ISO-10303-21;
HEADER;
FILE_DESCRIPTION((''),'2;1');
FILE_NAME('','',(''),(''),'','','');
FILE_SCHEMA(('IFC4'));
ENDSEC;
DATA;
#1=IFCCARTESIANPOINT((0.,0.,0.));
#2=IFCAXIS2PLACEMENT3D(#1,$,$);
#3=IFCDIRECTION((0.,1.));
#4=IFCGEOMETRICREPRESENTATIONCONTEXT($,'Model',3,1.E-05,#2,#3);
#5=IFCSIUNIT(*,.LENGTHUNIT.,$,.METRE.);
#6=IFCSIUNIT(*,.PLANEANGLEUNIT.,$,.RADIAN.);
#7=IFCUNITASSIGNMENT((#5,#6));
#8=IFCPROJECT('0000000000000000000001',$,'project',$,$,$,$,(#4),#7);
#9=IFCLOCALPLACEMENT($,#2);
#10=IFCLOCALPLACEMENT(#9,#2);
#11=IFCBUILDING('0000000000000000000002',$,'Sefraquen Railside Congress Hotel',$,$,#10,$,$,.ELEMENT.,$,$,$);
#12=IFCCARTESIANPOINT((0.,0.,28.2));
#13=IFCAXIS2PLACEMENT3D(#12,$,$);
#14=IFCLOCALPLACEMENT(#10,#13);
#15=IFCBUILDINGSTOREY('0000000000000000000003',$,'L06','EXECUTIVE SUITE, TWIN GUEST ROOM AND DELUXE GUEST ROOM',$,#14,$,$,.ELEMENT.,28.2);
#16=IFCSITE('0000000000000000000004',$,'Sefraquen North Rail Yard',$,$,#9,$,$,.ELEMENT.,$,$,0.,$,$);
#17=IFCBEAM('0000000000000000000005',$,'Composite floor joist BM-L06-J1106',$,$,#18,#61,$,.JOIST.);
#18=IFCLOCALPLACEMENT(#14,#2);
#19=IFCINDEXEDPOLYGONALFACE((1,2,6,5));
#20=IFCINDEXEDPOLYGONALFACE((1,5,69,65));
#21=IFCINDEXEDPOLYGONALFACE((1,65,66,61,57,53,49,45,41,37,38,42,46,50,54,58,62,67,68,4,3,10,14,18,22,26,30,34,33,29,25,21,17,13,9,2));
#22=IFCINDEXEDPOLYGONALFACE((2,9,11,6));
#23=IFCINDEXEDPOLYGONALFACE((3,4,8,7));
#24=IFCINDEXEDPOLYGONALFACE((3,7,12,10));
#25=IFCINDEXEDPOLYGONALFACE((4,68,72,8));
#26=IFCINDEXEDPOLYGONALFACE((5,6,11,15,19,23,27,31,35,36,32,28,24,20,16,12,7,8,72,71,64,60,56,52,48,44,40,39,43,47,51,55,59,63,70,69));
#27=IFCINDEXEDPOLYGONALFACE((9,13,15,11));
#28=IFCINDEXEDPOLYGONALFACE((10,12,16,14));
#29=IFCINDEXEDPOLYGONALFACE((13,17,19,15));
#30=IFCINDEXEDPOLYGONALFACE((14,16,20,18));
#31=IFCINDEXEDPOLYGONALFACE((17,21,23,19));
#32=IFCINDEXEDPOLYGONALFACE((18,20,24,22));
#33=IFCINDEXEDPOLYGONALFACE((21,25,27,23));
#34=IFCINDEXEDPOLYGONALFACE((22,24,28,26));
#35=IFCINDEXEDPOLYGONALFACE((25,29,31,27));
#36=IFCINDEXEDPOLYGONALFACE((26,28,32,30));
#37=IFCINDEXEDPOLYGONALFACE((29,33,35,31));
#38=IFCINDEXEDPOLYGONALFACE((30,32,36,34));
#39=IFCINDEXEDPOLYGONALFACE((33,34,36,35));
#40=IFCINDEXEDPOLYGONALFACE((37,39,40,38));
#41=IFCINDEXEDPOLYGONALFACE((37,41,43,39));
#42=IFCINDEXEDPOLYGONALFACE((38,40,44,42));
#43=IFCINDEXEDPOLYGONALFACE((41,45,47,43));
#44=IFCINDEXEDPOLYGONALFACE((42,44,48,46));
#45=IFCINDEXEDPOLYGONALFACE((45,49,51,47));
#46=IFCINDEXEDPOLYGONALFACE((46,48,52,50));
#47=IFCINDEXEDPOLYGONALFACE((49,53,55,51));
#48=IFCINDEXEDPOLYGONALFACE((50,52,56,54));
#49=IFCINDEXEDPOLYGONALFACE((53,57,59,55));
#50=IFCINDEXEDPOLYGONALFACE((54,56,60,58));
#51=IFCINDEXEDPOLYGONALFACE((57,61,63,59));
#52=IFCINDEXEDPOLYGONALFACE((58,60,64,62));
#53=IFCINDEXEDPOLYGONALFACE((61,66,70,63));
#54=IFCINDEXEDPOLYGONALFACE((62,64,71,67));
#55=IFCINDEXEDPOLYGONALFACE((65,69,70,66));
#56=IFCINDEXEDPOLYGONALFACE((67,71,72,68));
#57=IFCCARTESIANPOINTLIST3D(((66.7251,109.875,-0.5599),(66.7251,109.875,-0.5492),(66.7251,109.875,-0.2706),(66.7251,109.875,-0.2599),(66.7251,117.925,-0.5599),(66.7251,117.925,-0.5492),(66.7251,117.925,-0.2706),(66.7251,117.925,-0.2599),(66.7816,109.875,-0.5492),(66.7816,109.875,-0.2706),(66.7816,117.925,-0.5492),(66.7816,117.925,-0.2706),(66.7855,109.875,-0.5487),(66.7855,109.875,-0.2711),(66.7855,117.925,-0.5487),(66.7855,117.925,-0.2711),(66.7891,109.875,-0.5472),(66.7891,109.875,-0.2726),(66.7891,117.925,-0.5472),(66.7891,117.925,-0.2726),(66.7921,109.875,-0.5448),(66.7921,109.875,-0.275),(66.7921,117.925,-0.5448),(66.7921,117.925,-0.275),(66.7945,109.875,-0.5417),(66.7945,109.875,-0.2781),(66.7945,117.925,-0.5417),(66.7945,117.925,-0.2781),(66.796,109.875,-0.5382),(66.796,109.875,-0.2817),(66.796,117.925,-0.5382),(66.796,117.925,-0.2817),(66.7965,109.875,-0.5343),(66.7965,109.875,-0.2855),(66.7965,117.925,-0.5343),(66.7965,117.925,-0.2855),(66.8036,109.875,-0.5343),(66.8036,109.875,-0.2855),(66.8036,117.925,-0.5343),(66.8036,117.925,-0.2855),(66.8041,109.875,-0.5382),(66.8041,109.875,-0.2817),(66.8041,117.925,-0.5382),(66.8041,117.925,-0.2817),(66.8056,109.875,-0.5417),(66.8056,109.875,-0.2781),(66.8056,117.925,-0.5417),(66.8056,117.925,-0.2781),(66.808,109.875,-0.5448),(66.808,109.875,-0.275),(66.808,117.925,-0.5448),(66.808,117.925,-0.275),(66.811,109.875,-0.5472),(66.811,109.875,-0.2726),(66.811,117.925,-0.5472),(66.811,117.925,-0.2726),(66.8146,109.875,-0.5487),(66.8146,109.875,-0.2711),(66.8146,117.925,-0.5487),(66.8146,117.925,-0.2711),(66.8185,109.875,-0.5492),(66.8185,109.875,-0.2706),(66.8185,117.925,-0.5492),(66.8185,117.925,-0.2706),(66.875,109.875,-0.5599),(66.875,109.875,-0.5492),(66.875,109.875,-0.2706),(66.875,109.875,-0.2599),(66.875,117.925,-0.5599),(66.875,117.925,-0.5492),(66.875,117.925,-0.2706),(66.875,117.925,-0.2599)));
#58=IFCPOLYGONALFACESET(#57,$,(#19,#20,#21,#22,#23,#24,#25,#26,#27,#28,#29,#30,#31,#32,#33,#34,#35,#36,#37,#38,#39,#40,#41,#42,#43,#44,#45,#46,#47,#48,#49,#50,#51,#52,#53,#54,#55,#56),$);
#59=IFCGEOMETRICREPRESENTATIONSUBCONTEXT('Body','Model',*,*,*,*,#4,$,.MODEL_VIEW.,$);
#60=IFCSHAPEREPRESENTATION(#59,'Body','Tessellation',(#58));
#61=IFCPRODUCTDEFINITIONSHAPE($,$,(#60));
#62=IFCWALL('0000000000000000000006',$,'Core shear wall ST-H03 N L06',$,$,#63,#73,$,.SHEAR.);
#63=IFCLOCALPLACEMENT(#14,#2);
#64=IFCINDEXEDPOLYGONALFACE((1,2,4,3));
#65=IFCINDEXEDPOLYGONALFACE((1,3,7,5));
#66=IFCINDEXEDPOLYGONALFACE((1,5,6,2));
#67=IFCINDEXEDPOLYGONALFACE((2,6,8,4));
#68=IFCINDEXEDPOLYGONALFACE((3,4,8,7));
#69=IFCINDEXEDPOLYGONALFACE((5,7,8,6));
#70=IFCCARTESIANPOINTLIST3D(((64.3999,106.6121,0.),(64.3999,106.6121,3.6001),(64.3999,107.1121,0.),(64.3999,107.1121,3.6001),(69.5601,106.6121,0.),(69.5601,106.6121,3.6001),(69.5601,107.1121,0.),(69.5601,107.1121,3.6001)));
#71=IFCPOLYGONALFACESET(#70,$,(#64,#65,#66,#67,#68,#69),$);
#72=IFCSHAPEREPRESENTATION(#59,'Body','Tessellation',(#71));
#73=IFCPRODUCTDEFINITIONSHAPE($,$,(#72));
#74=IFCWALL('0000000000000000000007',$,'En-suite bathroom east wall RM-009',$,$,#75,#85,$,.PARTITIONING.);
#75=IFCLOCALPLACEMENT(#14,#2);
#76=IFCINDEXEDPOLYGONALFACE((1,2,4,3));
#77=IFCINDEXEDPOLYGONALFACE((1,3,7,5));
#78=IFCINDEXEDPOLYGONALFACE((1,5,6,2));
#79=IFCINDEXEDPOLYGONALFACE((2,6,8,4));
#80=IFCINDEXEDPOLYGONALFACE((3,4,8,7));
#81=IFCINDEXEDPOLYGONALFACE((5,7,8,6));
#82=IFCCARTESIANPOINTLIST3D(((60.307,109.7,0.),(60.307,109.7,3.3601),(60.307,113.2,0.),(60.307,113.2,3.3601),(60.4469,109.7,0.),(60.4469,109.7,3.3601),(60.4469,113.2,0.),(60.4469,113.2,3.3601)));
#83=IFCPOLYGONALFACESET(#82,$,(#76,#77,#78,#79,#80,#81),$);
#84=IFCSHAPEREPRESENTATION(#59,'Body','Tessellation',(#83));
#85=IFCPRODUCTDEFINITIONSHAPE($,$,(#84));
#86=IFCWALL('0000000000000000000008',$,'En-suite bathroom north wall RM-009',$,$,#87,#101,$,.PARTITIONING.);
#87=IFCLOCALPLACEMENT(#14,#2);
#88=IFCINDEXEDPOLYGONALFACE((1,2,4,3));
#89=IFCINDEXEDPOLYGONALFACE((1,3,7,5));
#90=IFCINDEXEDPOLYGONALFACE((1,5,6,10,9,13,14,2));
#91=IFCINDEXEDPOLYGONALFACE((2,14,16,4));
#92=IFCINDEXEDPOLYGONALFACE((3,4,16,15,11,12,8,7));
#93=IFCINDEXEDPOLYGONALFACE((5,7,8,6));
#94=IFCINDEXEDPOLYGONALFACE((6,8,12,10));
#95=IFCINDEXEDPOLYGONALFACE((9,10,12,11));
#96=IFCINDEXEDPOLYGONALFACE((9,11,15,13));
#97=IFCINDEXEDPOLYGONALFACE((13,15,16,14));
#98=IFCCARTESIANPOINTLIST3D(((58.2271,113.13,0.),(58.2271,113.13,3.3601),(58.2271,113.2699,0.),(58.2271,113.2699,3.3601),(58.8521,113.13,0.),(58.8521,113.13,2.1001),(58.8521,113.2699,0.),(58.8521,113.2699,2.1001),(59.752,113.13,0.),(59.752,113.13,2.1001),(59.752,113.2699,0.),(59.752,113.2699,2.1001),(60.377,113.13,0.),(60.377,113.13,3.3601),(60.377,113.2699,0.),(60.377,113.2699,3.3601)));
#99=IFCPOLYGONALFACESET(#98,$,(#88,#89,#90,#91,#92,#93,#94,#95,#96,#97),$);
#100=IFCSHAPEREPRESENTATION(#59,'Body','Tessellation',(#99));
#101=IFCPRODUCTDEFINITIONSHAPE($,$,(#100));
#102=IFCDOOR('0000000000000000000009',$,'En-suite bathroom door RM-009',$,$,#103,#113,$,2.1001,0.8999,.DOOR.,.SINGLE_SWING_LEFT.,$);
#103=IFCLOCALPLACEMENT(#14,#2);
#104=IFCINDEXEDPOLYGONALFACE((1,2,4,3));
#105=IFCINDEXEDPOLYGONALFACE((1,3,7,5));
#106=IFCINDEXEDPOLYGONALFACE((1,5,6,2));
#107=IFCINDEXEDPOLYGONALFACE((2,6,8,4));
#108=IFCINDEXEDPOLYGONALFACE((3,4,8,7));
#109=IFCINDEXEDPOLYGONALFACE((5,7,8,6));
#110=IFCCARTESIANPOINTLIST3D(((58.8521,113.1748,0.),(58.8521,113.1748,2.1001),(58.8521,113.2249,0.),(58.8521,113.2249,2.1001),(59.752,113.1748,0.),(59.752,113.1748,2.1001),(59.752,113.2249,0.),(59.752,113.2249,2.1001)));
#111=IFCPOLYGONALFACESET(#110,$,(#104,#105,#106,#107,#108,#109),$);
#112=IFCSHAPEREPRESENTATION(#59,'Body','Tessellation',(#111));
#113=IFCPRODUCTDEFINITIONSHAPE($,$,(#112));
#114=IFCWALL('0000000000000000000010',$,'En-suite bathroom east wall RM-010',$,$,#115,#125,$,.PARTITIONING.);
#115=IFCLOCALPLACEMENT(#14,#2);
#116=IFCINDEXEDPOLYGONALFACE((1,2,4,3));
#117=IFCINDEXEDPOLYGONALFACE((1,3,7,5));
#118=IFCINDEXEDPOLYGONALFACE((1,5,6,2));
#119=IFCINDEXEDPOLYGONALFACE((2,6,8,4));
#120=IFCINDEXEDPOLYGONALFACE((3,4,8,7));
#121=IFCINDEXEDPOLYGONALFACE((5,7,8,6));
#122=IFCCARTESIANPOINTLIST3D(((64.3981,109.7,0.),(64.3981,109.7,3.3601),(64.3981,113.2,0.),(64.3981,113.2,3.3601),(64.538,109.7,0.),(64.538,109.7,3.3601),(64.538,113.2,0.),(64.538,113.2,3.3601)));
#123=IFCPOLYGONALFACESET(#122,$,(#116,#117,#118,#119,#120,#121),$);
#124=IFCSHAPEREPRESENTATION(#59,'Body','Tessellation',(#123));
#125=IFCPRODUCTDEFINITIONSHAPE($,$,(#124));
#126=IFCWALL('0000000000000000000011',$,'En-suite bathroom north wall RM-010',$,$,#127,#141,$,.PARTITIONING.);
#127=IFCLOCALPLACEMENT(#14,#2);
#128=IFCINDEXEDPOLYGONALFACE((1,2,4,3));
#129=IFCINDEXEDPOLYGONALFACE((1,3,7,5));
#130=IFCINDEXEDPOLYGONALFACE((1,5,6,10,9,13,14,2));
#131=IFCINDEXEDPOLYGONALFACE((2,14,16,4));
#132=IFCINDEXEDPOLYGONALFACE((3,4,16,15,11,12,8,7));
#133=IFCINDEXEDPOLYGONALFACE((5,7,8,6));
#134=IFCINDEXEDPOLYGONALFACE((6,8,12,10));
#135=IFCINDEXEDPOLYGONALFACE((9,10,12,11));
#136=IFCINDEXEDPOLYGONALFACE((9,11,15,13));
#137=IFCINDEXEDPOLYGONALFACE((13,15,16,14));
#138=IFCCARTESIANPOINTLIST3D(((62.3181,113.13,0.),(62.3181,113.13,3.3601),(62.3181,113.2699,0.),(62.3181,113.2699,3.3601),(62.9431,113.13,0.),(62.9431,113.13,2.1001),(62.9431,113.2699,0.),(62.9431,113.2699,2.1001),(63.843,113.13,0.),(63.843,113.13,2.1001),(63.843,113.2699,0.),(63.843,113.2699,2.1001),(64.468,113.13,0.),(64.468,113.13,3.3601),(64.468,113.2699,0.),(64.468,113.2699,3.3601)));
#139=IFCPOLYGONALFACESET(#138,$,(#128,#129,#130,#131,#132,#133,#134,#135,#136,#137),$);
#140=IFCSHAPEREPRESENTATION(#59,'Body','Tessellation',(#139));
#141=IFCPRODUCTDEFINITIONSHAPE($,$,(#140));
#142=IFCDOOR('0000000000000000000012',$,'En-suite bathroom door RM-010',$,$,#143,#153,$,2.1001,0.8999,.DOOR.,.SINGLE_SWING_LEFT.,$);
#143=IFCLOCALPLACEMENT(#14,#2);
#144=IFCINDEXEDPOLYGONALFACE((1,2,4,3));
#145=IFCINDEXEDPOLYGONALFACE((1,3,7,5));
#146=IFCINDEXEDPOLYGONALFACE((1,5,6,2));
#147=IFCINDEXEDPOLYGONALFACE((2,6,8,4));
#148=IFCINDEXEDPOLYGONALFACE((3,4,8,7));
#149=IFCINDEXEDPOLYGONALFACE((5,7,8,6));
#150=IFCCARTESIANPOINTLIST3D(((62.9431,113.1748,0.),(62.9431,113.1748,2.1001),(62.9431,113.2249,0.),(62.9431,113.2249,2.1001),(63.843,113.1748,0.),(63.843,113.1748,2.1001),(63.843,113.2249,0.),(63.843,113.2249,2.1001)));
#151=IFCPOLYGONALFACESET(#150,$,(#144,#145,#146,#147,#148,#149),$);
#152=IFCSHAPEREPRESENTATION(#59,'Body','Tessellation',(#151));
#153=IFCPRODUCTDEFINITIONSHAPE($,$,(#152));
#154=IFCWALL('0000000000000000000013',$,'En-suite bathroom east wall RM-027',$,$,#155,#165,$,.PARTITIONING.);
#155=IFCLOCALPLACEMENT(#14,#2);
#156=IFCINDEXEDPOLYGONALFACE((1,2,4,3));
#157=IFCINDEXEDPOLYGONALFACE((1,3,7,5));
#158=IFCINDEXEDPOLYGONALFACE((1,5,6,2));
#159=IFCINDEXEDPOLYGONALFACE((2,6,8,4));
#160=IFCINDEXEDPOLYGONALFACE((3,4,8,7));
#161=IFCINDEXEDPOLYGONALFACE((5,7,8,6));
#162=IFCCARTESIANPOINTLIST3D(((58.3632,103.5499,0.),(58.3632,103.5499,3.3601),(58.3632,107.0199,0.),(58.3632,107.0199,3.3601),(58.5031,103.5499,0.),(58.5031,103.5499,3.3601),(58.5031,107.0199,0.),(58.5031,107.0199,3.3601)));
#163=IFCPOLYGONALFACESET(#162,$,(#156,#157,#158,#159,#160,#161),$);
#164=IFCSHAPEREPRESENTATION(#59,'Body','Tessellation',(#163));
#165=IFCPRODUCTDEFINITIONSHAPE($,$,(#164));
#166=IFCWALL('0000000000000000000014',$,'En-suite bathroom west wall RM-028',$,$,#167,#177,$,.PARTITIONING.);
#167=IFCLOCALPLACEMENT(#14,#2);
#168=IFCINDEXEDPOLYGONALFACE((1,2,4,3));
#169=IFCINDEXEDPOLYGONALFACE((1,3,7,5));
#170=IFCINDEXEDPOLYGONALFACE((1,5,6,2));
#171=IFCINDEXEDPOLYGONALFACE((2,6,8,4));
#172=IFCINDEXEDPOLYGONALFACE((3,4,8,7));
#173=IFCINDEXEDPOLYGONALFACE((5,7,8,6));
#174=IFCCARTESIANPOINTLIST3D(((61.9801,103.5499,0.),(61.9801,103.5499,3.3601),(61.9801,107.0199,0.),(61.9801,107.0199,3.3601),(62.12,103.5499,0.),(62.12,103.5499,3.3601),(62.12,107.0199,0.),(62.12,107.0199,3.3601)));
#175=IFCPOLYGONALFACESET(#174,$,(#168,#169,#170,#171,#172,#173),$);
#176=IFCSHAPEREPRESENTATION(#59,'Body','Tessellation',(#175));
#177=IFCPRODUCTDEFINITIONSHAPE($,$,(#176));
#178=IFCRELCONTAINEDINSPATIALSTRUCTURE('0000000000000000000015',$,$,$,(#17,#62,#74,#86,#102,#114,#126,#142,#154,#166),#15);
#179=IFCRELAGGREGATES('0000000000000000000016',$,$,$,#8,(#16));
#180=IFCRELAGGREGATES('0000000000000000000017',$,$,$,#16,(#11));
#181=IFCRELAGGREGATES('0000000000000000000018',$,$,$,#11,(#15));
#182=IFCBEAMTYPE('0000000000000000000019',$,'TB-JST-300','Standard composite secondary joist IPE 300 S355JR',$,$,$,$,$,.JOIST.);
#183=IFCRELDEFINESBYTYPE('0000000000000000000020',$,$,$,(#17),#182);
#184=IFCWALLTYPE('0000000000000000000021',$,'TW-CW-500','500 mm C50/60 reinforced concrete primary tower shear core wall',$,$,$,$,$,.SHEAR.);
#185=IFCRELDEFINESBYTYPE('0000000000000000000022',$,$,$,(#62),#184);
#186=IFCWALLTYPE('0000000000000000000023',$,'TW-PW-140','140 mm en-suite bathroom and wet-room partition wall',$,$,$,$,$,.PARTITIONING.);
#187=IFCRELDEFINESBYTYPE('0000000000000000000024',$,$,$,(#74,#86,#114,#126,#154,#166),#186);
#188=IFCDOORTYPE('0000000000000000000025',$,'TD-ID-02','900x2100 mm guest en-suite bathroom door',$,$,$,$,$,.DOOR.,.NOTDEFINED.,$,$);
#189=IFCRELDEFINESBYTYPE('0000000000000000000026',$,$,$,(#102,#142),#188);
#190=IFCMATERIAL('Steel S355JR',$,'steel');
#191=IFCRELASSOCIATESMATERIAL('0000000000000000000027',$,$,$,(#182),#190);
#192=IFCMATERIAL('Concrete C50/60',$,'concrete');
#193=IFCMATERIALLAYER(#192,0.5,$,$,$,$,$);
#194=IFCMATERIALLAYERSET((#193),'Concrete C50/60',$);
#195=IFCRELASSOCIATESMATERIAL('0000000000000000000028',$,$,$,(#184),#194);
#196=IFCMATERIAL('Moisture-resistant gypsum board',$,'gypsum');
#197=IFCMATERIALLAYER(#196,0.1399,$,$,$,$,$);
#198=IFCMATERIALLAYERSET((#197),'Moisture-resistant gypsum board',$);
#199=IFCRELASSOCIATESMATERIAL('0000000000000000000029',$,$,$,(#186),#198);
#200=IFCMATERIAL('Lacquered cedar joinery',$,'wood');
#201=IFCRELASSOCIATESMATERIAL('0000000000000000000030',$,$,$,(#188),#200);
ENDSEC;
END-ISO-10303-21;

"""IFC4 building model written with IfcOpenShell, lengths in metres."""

from ifc_helpers import new_model, si_unit, direction, frame, frame_2d, origin, origin_2d, place, context, subcontext, project, spatial, rectangle, i_section, extrude, material, layer, layer_set, material_profile, profile_set, type_object, element, fill, save


model = new_model("IFC4")

# Units and contexts
model_context = context("Model", 3, precision=1e-05, world=origin(), true_north=direction((0.0, 1.0)))
body_context = subcontext(model_context, "Body", "Model", "MODEL_VIEW")
ifc_project = project(units=[si_unit("LENGTHUNIT", "METRE"), si_unit("PLANEANGLEUNIT", "RADIAN")], contexts=[model_context])

# Site, building, storey
site_placement = place(None, origin())
site = spatial("IfcSite", under=ifc_project, at=site_placement, Name="Sefraquen North Rail Yard", CompositionType="ELEMENT", RefElevation=0.0)
building_placement = place(site_placement, origin())
building = spatial("IfcBuilding", under=site, at=building_placement, Name="Sefraquen Railside Congress Hotel", CompositionType="ELEMENT")
storey_placement = place(building_placement, frame((0.0, 0.0, 28.2)))
storey = spatial("IfcBuildingStorey", under=building, at=storey_placement, Name="L06", Description="EXECUTIVE SUITE, TWIN GUEST ROOM AND DELUXE GUEST ROOM", CompositionType="ELEMENT", Elevation=28.2)

# Shared definitions
ifc_material_1 = material(Name="Steel S355JR", Category="steel")

# Beam
ifc_material_profile_1 = material_profile(ifc_material_1, i_section(OverallWidth=0.1499, OverallDepth=0.3, WebThickness=0.0071, FlangeThickness=0.0107, FilletRadius=0.0149, at=origin_2d()), Name="IPE 300")
ifc_profile_set_1 = profile_set([ifc_material_profile_1], Name="Steel S355JR")
beam_type_1 = type_object("IfcBeamType", Name="TB-JST-300", Description="Standard composite secondary joist IPE 300 S355JR", PredefinedType="JOIST", material=ifc_profile_set_1)
for number, where, z_axis, x_axis, name in (
    (1, (66.8, 109.875, -0.4099), (0.0, 1.0, 0.0), (-1.0, 0.0, 0.0), "Composite floor joist BM-L06-J1106"),
):
    element("IfcBeam", number, at=place(storey_placement, frame(where, z_axis=z_axis, x_axis=x_axis)), inside=storey, type_object=beam_type_1, Name=name, PredefinedType="JOIST", context=body_context, shape_type="SweptSolid", body=[
        extrude(i_section(OverallWidth=0.1499, OverallDepth=0.3, WebThickness=0.0071, FlangeThickness=0.0107, FilletRadius=0.0149, at=origin_2d()), origin(), (0.0, 0.0, 1.0), 8.05),
    ])

# Walls
ifc_material_2 = material(Name="Concrete C50/60", Category="concrete")
ifc_layer_1 = layer(ifc_material_2, 0.5)
ifc_layer_set_1 = layer_set([ifc_layer_1], Name="Concrete C50/60")
wall_type_1 = type_object("IfcWallType", Name="TW-CW-500", Description="500 mm C50/60 reinforced concrete primary tower shear core wall", PredefinedType="SHEAR", material=ifc_layer_set_1)
wall_1_placement = place(storey_placement, frame((64.3999, 106.8621, 0.0), z_axis=(0.0, 0.0, 1.0), x_axis=(1.0, 0.0, 0.0)))
element("IfcWall", 2, at=wall_1_placement, inside=storey, type_object=wall_type_1, Name="Core shear wall ST-H03 N L06", PredefinedType="SHEAR", context=body_context, shape_type="SweptSolid", body=[
    extrude(rectangle(XDim=5.1602, YDim=0.5, at=frame_2d((2.5801, 0.0))), origin(), (0.0, 0.0, 1.0), 3.6001),
])
ifc_material_3 = material(Name="Moisture-resistant gypsum board", Category="gypsum")
ifc_layer_2 = layer(ifc_material_3, 0.1399)
ifc_layer_set_2 = layer_set([ifc_layer_2], Name="Moisture-resistant gypsum board")
wall_type_2 = type_object("IfcWallType", Name="TW-PW-140", Description="140 mm en-suite bathroom and wet-room partition wall", PredefinedType="PARTITIONING", material=ifc_layer_set_2)
wall_2_placement = place(storey_placement, frame((60.377, 109.7, 0.0), z_axis=(0.0, 0.0, 1.0), x_axis=(0.0, 1.0, 0.0)))
element("IfcWall", 3, at=wall_2_placement, inside=storey, type_object=wall_type_2, Name="En-suite bathroom east wall RM-009", PredefinedType="PARTITIONING", context=body_context, shape_type="SweptSolid", body=[
    extrude(rectangle(XDim=3.5, YDim=0.1399, at=frame_2d((1.75, 0.0))), origin(), (0.0, 0.0, 1.0), 3.3601),
])

# Wall, opening, door
wall_3_placement = place(storey_placement, frame((58.2271, 113.2, 0.0), z_axis=(0.0, 0.0, 1.0), x_axis=(1.0, 0.0, 0.0)))
wall_3 = element("IfcWall", 4, at=wall_3_placement, inside=storey, type_object=wall_type_2, Name="En-suite bathroom north wall RM-009", PredefinedType="PARTITIONING", context=body_context, shape_type="SweptSolid", body=[
    extrude(rectangle(XDim=2.1499, YDim=0.1399, at=frame_2d((1.075, 0.0))), origin(), (0.0, 0.0, 1.0), 3.3601),
])
opening_1_placement = place(wall_3_placement, frame((0.625, 0.0, 0.0)))
opening_1 = element("IfcOpeningElement", 5, at=opening_1_placement, cuts=wall_3, PredefinedType="OPENING", context=body_context, shape_type="SweptSolid", body=[
    extrude(rectangle(XDim=0.8999, YDim=2.1001, at=frame_2d((0.45, 1.05))), frame((0.0, 0.0798, 0.0), z_axis=(0.0, -1.0, 0.0), x_axis=(1.0, 0.0, 0.0)), (0.0, 0.0, 1.0), 0.1599),
])
ifc_material_4 = material(Name="Lacquered cedar joinery", Category="wood")
door_type = type_object("IfcDoorType", Name="TD-ID-02", Description="900x2100 mm guest en-suite bathroom door", OperationType="NOTDEFINED", PredefinedType="DOOR", material=ifc_material_4)
door_1_placement = place(opening_1_placement, origin())
door_1 = element("IfcDoor", 6, at=door_1_placement, inside=storey, type_object=door_type, Name="En-suite bathroom door RM-009", OperationType="SINGLE_SWING_LEFT", OverallHeight=2.1001, OverallWidth=0.8999, PredefinedType="DOOR", context=body_context, shape_type="SweptSolid", body=[
    extrude(rectangle(XDim=0.8999, YDim=2.1001, at=frame_2d((0.45, 1.05))), frame((0.0, 0.0249, 0.0), z_axis=(0.0, -1.0, 0.0), x_axis=(1.0, 0.0, 0.0)), (0.0, 0.0, 1.0), 0.05),
])
fill(opening_1, door_1)

# Wall
wall_4_placement = place(storey_placement, frame((64.468, 109.7, 0.0), z_axis=(0.0, 0.0, 1.0), x_axis=(0.0, 1.0, 0.0)))
element("IfcWall", 7, at=wall_4_placement, inside=storey, type_object=wall_type_2, Name="En-suite bathroom east wall RM-010", PredefinedType="PARTITIONING", context=body_context, shape_type="SweptSolid", body=[
    extrude(rectangle(XDim=3.5, YDim=0.1399, at=frame_2d((1.75, 0.0))), origin(), (0.0, 0.0, 1.0), 3.3601),
])

# Wall, opening, door
wall_5_placement = place(storey_placement, frame((62.3181, 113.2, 0.0), z_axis=(0.0, 0.0, 1.0), x_axis=(1.0, 0.0, 0.0)))
wall_5 = element("IfcWall", 8, at=wall_5_placement, inside=storey, type_object=wall_type_2, Name="En-suite bathroom north wall RM-010", PredefinedType="PARTITIONING", context=body_context, shape_type="SweptSolid", body=[
    extrude(rectangle(XDim=2.1499, YDim=0.1399, at=frame_2d((1.075, 0.0))), origin(), (0.0, 0.0, 1.0), 3.3601),
])
opening_2_placement = place(wall_5_placement, frame((0.625, 0.0, 0.0)))
opening_2 = element("IfcOpeningElement", 9, at=opening_2_placement, cuts=wall_5, PredefinedType="OPENING", context=body_context, shape_type="SweptSolid", body=[
    extrude(rectangle(XDim=0.8999, YDim=2.1001, at=frame_2d((0.45, 1.05))), frame((0.0, 0.0798, 0.0), z_axis=(0.0, -1.0, 0.0), x_axis=(1.0, 0.0, 0.0)), (0.0, 0.0, 1.0), 0.1599),
])
door_2_placement = place(opening_2_placement, origin())
door_2 = element("IfcDoor", 10, at=door_2_placement, inside=storey, type_object=door_type, Name="En-suite bathroom door RM-010", OperationType="SINGLE_SWING_LEFT", OverallHeight=2.1001, OverallWidth=0.8999, PredefinedType="DOOR", context=body_context, shape_type="SweptSolid", body=[
    extrude(rectangle(XDim=0.8999, YDim=2.1001, at=frame_2d((0.45, 1.05))), frame((0.0, 0.0249, 0.0), z_axis=(0.0, -1.0, 0.0), x_axis=(1.0, 0.0, 0.0)), (0.0, 0.0, 1.0), 0.05),
])
fill(opening_2, door_2)

# Walls
for number, where, z_axis, x_axis, name in (
    (11, (58.4331, 103.55, 0.0), (0.0, 0.0, 1.0), (0.0, 1.0, 0.0), "En-suite bathroom east wall RM-027"),
    (12, (62.05, 103.55, 0.0), (0.0, 0.0, 1.0), (0.0, 1.0, 0.0), "En-suite bathroom west wall RM-028"),
):
    element("IfcWall", number, at=place(storey_placement, frame(where, z_axis=z_axis, x_axis=x_axis)), inside=storey, type_object=wall_type_2, Name=name, PredefinedType="PARTITIONING", context=body_context, shape_type="SweptSolid", body=[
        extrude(rectangle(XDim=3.47, YDim=0.1399, at=frame_2d((1.7349, 0.0))), origin(), (0.0, 0.0, 1.0), 3.3601),
    ])

save(model, "model.ifc")
